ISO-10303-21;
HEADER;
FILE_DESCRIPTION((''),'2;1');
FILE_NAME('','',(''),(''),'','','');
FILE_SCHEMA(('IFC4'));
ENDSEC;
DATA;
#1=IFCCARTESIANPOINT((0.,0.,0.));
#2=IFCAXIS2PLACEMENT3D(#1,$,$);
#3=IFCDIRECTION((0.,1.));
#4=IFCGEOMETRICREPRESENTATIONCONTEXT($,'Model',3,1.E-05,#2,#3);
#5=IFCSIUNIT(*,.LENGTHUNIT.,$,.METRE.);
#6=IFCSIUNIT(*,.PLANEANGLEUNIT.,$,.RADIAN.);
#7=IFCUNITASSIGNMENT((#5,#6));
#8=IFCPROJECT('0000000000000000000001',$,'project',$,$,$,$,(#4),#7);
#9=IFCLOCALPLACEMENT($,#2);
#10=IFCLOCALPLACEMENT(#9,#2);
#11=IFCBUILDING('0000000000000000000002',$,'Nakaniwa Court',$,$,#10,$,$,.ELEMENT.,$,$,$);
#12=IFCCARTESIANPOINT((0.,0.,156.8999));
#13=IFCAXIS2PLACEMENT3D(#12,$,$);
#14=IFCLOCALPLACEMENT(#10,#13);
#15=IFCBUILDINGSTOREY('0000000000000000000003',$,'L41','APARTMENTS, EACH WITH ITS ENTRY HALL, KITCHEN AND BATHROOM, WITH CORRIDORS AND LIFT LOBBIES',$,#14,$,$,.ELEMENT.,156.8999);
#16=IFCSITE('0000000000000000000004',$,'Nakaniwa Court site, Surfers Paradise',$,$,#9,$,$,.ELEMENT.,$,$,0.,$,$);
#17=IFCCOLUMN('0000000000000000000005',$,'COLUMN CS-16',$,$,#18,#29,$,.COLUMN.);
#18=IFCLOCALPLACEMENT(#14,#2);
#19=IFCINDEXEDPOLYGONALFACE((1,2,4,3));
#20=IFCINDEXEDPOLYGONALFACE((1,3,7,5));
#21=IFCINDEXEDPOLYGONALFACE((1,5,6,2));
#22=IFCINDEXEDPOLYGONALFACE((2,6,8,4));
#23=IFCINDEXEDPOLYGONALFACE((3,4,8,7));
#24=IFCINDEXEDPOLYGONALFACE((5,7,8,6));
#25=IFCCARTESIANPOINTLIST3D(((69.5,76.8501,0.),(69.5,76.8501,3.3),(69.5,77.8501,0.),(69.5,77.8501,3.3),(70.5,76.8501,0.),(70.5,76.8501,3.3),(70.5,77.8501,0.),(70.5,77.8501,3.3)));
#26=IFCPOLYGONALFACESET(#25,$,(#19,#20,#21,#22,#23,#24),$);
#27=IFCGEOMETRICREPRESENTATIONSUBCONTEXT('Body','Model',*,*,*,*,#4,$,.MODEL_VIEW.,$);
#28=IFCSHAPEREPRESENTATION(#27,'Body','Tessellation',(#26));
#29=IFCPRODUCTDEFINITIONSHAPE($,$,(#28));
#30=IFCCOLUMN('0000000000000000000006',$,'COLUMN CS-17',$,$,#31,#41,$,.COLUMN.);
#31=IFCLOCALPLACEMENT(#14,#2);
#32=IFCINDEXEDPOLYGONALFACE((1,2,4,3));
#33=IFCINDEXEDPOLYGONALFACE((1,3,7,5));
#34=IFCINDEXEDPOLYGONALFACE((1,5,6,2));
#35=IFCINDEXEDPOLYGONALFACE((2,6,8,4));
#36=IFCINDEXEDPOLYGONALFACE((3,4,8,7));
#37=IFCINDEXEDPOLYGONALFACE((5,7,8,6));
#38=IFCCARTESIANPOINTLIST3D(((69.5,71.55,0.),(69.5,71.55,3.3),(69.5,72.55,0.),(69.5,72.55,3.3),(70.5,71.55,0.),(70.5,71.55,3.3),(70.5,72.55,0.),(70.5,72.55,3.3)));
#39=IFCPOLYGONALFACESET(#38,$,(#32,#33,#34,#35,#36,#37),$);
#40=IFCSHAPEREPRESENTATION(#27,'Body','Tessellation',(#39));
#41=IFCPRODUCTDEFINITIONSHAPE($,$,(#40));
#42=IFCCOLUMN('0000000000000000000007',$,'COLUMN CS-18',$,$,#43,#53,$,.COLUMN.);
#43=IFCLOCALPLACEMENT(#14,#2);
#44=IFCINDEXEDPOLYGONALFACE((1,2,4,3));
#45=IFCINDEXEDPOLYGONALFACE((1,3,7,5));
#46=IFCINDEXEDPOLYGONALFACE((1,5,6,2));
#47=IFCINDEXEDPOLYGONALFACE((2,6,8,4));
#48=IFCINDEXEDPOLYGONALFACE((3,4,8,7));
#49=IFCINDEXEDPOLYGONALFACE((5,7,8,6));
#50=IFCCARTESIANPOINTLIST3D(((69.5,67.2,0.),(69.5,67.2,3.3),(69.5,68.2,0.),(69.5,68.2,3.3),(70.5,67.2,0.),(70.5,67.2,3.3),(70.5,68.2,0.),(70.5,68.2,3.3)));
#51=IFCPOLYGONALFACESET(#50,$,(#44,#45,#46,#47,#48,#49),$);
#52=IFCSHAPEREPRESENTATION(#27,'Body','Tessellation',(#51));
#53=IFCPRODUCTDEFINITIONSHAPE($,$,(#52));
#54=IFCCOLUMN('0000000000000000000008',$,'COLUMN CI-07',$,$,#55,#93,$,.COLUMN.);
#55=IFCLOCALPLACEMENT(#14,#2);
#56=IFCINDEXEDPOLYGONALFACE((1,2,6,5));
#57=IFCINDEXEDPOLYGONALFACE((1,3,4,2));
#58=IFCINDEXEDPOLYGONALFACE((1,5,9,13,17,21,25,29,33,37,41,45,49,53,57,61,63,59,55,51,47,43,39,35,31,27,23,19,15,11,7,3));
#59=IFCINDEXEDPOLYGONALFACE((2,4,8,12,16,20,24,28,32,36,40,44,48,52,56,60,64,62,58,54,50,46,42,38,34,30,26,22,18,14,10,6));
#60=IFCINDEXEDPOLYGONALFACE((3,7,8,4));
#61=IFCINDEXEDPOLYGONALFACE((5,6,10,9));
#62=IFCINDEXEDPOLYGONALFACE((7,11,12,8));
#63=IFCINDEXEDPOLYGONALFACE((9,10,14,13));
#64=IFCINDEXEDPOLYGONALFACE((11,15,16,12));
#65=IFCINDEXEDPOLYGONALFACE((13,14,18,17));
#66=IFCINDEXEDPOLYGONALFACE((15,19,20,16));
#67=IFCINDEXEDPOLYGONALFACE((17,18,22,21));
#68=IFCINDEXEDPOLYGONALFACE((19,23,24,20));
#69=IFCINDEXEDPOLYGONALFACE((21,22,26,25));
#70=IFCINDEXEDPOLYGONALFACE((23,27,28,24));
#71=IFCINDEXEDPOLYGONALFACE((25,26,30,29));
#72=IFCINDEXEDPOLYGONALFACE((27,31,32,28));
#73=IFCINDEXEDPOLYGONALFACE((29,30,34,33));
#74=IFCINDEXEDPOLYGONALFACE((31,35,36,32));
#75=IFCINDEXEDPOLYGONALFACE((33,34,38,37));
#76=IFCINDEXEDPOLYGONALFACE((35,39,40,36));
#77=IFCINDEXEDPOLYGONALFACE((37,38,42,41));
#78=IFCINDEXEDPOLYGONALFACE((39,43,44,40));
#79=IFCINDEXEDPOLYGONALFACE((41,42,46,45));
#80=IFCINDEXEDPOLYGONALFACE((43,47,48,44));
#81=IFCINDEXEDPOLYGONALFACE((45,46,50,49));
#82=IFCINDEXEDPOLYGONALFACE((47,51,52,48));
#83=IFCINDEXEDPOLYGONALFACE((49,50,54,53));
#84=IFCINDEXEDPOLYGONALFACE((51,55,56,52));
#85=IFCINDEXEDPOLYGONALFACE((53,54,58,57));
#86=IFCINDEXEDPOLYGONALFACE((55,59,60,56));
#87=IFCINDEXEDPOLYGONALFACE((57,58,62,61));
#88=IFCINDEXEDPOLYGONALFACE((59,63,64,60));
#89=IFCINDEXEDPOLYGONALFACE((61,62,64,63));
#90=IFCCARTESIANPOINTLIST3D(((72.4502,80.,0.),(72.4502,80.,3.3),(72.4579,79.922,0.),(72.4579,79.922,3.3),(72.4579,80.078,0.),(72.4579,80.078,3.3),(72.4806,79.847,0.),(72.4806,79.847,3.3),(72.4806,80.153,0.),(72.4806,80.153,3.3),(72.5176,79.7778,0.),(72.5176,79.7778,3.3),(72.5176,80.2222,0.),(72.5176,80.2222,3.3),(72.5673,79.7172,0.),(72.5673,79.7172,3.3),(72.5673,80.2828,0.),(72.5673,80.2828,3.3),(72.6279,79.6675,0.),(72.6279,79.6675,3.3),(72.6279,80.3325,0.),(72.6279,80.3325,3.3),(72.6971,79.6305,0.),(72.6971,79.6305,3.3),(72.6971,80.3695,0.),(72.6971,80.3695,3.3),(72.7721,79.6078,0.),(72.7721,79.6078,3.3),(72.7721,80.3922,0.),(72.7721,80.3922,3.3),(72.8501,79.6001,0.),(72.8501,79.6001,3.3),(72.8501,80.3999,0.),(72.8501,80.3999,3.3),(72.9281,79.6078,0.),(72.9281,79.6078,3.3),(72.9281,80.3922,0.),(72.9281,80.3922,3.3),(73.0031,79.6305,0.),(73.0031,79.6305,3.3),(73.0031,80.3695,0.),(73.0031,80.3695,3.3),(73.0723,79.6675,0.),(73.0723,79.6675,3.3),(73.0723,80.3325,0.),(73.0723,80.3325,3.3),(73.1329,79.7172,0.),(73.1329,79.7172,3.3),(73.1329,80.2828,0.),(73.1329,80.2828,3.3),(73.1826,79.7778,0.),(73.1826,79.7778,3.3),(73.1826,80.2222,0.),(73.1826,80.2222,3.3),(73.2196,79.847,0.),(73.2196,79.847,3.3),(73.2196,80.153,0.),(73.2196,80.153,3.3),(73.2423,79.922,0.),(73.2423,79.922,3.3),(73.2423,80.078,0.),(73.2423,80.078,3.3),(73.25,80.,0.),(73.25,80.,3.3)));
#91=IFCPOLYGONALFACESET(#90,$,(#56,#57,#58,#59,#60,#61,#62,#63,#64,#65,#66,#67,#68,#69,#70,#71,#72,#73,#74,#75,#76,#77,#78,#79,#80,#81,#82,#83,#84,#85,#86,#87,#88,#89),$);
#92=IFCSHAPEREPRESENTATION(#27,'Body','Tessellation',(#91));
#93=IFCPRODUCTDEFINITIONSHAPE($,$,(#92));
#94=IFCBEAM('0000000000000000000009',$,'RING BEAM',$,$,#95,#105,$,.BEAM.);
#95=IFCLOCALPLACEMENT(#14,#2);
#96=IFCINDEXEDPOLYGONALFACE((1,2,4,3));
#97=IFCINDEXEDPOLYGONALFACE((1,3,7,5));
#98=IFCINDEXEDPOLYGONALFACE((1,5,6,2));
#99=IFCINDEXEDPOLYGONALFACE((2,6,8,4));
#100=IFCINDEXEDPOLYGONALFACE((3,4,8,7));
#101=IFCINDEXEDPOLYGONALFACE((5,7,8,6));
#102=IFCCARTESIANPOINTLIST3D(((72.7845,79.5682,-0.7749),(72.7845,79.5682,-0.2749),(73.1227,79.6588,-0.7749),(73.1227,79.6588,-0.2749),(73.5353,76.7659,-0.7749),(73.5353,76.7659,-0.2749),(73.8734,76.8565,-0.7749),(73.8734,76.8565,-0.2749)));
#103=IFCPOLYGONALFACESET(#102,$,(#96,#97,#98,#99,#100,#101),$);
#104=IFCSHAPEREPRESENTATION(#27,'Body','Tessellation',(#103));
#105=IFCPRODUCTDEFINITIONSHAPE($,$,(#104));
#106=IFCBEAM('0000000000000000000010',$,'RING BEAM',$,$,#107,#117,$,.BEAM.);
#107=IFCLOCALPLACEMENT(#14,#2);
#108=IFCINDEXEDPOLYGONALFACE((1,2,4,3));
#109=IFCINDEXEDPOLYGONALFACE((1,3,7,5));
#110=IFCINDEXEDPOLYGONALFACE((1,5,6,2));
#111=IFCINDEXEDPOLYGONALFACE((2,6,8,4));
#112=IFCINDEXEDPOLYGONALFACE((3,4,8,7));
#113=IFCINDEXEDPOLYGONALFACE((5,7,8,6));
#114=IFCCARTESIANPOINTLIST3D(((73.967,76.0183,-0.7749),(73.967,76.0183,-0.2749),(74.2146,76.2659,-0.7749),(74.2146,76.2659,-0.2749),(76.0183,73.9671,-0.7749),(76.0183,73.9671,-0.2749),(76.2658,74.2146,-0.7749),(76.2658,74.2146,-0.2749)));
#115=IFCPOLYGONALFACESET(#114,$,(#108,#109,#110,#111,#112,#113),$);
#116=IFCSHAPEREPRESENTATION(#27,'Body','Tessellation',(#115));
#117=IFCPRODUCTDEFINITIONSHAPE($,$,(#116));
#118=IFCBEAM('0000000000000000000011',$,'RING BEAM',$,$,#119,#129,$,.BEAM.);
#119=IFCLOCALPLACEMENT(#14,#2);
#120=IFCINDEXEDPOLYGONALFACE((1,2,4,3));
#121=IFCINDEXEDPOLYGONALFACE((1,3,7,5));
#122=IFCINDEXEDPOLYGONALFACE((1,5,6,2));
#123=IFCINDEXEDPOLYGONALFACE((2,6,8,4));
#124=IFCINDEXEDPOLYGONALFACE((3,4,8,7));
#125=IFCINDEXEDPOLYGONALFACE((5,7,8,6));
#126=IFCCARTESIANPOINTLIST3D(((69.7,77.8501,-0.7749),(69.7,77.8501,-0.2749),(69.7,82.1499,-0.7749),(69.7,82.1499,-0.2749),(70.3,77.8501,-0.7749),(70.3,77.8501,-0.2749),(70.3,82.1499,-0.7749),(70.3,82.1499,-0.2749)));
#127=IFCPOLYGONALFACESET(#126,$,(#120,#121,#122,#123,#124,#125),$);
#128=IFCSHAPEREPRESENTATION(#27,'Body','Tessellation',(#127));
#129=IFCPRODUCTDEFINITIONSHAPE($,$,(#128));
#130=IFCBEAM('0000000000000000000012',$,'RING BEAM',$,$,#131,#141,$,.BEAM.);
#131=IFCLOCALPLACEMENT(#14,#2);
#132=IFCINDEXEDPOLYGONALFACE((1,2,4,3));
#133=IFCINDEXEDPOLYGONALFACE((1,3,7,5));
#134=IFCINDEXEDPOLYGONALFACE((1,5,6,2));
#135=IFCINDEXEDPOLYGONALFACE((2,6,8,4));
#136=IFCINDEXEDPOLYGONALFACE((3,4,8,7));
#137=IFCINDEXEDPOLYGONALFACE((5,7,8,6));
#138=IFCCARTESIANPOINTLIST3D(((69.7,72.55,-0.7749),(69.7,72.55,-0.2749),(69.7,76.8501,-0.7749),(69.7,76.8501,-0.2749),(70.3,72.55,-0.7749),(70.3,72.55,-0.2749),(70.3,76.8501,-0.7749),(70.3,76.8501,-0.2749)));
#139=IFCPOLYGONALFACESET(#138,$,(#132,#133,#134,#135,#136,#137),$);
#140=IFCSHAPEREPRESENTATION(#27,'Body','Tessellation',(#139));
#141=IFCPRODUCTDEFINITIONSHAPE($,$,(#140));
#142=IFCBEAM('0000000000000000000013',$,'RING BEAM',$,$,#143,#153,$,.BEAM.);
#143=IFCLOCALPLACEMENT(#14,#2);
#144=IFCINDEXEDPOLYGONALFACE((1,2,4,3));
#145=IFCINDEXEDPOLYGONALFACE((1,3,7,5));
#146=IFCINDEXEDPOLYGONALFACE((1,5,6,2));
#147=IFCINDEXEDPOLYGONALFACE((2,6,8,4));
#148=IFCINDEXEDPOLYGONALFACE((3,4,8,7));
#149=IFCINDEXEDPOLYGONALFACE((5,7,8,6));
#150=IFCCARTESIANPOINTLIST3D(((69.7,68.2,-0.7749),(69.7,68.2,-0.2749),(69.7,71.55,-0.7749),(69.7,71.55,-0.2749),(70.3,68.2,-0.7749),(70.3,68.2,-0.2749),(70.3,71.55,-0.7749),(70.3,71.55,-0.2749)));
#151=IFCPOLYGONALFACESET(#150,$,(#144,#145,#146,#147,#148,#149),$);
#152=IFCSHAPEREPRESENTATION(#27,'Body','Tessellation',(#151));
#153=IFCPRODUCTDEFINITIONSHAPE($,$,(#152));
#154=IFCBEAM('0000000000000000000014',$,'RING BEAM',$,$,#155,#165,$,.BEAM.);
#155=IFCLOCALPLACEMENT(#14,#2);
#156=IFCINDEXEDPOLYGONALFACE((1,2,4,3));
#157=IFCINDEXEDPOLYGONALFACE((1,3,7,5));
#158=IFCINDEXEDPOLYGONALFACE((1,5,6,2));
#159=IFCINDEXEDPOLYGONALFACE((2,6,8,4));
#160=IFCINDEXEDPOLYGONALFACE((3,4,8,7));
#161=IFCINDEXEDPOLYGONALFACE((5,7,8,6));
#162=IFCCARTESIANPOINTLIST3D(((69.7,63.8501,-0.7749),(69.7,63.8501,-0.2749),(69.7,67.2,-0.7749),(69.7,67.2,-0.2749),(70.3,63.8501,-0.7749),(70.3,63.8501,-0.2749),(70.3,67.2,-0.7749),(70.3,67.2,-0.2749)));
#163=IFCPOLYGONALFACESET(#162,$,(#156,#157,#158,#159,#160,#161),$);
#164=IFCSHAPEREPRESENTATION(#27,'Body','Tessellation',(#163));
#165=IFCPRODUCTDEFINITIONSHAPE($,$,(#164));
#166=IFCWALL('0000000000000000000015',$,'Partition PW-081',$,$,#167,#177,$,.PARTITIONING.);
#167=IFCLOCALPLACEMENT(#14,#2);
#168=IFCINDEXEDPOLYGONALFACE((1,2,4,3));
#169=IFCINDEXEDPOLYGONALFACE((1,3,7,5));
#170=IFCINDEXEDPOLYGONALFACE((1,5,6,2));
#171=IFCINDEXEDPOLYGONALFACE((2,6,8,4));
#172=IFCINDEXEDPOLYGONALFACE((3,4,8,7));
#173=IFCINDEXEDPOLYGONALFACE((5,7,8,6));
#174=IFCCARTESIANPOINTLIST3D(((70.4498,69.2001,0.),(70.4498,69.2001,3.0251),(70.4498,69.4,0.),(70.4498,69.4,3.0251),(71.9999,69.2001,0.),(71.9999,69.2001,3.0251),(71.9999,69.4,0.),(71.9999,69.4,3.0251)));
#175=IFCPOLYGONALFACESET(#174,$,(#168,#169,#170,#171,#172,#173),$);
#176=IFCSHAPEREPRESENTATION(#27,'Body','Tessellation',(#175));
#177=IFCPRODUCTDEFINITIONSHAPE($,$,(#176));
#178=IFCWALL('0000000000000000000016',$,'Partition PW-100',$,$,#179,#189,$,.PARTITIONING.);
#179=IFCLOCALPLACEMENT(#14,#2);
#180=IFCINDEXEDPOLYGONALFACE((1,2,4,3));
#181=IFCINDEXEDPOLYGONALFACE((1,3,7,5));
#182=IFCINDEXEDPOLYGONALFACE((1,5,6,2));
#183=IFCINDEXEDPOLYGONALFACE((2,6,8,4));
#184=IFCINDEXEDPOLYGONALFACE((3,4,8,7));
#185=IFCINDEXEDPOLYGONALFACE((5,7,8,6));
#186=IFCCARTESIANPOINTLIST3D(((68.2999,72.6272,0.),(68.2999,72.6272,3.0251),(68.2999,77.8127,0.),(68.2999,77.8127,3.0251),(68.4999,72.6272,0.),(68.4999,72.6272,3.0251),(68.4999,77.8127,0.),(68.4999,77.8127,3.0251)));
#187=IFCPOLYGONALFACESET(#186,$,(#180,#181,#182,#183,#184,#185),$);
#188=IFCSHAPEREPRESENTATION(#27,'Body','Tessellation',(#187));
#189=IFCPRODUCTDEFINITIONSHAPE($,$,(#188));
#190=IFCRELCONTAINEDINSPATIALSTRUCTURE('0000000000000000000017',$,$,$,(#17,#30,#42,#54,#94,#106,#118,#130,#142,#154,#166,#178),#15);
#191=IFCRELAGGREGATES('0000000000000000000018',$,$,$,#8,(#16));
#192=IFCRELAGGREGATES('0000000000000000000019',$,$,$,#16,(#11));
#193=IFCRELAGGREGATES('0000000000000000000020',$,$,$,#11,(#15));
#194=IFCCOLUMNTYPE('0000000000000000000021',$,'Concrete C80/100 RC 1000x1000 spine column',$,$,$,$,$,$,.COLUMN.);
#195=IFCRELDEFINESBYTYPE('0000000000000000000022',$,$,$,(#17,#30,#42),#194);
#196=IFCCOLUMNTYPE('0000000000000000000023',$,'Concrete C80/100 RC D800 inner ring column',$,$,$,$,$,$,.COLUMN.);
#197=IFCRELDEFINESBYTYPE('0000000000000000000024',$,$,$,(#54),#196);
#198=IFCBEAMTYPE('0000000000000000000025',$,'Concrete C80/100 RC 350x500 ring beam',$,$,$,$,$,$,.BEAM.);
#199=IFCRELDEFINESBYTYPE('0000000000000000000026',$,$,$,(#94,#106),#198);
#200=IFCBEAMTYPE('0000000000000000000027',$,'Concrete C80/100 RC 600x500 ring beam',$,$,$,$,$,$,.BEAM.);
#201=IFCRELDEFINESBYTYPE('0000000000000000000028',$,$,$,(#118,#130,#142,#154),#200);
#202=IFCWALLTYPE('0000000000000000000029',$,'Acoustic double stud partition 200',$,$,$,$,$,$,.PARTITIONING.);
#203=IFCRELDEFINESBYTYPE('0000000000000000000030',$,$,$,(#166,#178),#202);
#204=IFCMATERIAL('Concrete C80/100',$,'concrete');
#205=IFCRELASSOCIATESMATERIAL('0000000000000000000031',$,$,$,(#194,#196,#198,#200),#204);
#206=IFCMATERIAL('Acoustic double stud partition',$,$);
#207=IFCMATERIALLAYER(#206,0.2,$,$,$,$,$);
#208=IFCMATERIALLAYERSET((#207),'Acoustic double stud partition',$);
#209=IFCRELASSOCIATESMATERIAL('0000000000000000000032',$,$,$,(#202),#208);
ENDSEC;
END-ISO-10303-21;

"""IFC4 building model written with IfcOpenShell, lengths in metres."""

from ifc_helpers import new_model, si_unit, direction, frame, frame_2d, origin, origin_2d, place, context, subcontext, project, spatial, rectangle, circle, extrude, material, layer, layer_set, material_profile, profile_set, type_object, element, save


model = new_model("IFC4")

# Units and contexts
model_context = context("Model", 3, precision=1e-05, world=origin(), true_north=direction((0.0, 1.0)))
body_context = subcontext(model_context, "Body", "Model", "MODEL_VIEW")
ifc_project = project(units=[si_unit("LENGTHUNIT", "METRE"), si_unit("PLANEANGLEUNIT", "RADIAN")], contexts=[model_context])

# Site, building, storey
site_placement = place(None, origin())
site = spatial("IfcSite", under=ifc_project, at=site_placement, Name="Nakaniwa Court site, Surfers Paradise", CompositionType="ELEMENT", RefElevation=0.0)
building_placement = place(site_placement, origin())
building = spatial("IfcBuilding", under=site, at=building_placement, Name="Nakaniwa Court", CompositionType="ELEMENT")
storey_placement = place(building_placement, frame((0.0, 0.0, 156.8999)))
storey = spatial("IfcBuildingStorey", under=building, at=storey_placement, Name="L41", Description="APARTMENTS, EACH WITH ITS ENTRY HALL, KITCHEN AND BATHROOM, WITH CORRIDORS AND LIFT LOBBIES", CompositionType="ELEMENT", Elevation=156.8999)

# Columns
ifc_material_1 = material(Name="Concrete C80/100", Category="concrete")
ifc_material_profile_1 = material_profile(ifc_material_1, rectangle(XDim=1.0, YDim=1.0, at=origin_2d()), Name="Concrete C80/100 RC 1000x1000 spine column")
ifc_profile_set_1 = profile_set([ifc_material_profile_1], Name="Concrete C80/100")
column_type_1 = type_object("IfcColumnType", Name="Concrete C80/100 RC 1000x1000 spine column", PredefinedType="COLUMN", material=ifc_profile_set_1)
for number, where, z_axis, x_axis, name in (
    (1, (70.0, 77.3501, 0.0), (0.0, 0.0, 1.0), (0.0, -1.0, 0.0), "COLUMN CS-16"),
    (2, (70.0, 72.05, 0.0), (0.0, 0.0, 1.0), (0.0, -1.0, 0.0), "COLUMN CS-17"),
    (3, (70.0, 67.7, 0.0), (0.0, 0.0, 1.0), (0.0, -1.0, 0.0), "COLUMN CS-18"),
):
    element("IfcColumn", number, at=place(storey_placement, frame(where, z_axis=z_axis, x_axis=x_axis)), inside=storey, type_object=column_type_1, Name=name, PredefinedType="COLUMN", context=body_context, shape_type="SweptSolid", body=[
        extrude(rectangle(XDim=1.0, YDim=1.0, at=origin_2d()), origin(), (0.0, 0.0, 1.0), 3.3),
    ])
ifc_material_profile_2 = material_profile(ifc_material_1, circle(Radius=0.3999, at=origin_2d()), Name="Concrete C80/100 RC D800 inner ring column")
ifc_profile_set_2 = profile_set([ifc_material_profile_2], Name="Concrete C80/100")
column_type_2 = type_object("IfcColumnType", Name="Concrete C80/100 RC D800 inner ring column", PredefinedType="COLUMN", material=ifc_profile_set_2)
for number, where, z_axis, x_axis, name in (
    (4, (72.8501, 80.0, 0.0), (0.0, 0.0, 1.0), (0.0, -1.0, 0.0), "COLUMN CI-07"),
):
    element("IfcColumn", number, at=place(storey_placement, frame(where, z_axis=z_axis, x_axis=x_axis)), inside=storey, type_object=column_type_2, Name=name, PredefinedType="COLUMN", context=body_context, shape_type="SweptSolid", body=[
        extrude(circle(Radius=0.3999, at=origin_2d()), origin(), (0.0, 0.0, 1.0), 3.3),
    ])

# Beams
ifc_material_profile_3 = material_profile(ifc_material_1, rectangle(XDim=0.3501, YDim=0.5, at=origin_2d()), Name="Concrete C80/100 RC 350x500 ring beam")
ifc_profile_set_3 = profile_set([ifc_material_profile_3], Name="Concrete C80/100")
beam_type_1 = type_object("IfcBeamType", Name="Concrete C80/100 RC 350x500 ring beam", PredefinedType="BEAM", material=ifc_profile_set_3)
beam_1_placement = place(storey_placement, frame((72.9536, 79.6135, -0.5249), z_axis=(0.258778, -0.965937, 0.0), x_axis=(0.965937, 0.258778, 0.0)))
element("IfcBeam", 5, at=beam_1_placement, inside=storey, type_object=beam_type_1, Name="RING BEAM", PredefinedType="BEAM", context=body_context, shape_type="SweptSolid", body=[
    extrude(rectangle(XDim=0.3501, YDim=0.5, at=origin_2d()), origin(), (0.0, 0.0, 1.0), 2.9011),
])
beam_2_placement = place(storey_placement, frame((74.0908, 76.1421, -0.5249), z_axis=(0.707107, -0.707107, 0.0), x_axis=(0.707107, 0.707107, 0.0)))
element("IfcBeam", 6, at=beam_2_placement, inside=storey, type_object=beam_type_1, Name="RING BEAM", PredefinedType="BEAM", context=body_context, shape_type="SweptSolid", body=[
    extrude(rectangle(XDim=0.3501, YDim=0.5, at=origin_2d()), origin(), (0.0, 0.0, 1.0), 2.9009),
])
ifc_material_profile_4 = material_profile(ifc_material_1, rectangle(XDim=0.6001, YDim=0.5, at=origin_2d()), Name="Concrete C80/100 RC 600x500 ring beam")
ifc_profile_set_4 = profile_set([ifc_material_profile_4], Name="Concrete C80/100")
beam_type_2 = type_object("IfcBeamType", Name="Concrete C80/100 RC 600x500 ring beam", PredefinedType="BEAM", material=ifc_profile_set_4)
beam_3_placement = place(storey_placement, frame((70.0, 82.1499, -0.5249), z_axis=(0.0, -1.0, 0.0), x_axis=(1.0, 0.0, 0.0)))
element("IfcBeam", 7, at=beam_3_placement, inside=storey, type_object=beam_type_2, Name="RING BEAM", PredefinedType="BEAM", context=body_context, shape_type="SweptSolid", body=[
    extrude(rectangle(XDim=0.6001, YDim=0.5, at=origin_2d()), origin(), (0.0, 0.0, 1.0), 4.2998),
])
beam_4_placement = place(storey_placement, frame((70.0, 76.8501, -0.5249), z_axis=(0.0, -1.0, 0.0), x_axis=(1.0, 0.0, 0.0)))
element("IfcBeam", 8, at=beam_4_placement, inside=storey, type_object=beam_type_2, Name="RING BEAM", PredefinedType="BEAM", context=body_context, shape_type="SweptSolid", body=[
    extrude(rectangle(XDim=0.6001, YDim=0.5, at=origin_2d()), origin(), (0.0, 0.0, 1.0), 4.3),
])
beam_5_placement = place(storey_placement, frame((70.0, 71.55, -0.5249), z_axis=(0.0, -1.0, 0.0), x_axis=(1.0, 0.0, 0.0)))
element("IfcBeam", 9, at=beam_5_placement, inside=storey, type_object=beam_type_2, Name="RING BEAM", PredefinedType="BEAM", context=body_context, shape_type="SweptSolid", body=[
    extrude(rectangle(XDim=0.6001, YDim=0.5, at=origin_2d()), origin(), (0.0, 0.0, 1.0), 3.3501),
])
beam_6_placement = place(storey_placement, frame((70.0, 67.2, -0.5249), z_axis=(0.0, -1.0, 0.0), x_axis=(1.0, 0.0, 0.0)))
element("IfcBeam", 10, at=beam_6_placement, inside=storey, type_object=beam_type_2, Name="RING BEAM", PredefinedType="BEAM", context=body_context, shape_type="SweptSolid", body=[
    extrude(rectangle(XDim=0.6001, YDim=0.5, at=origin_2d()), origin(), (0.0, 0.0, 1.0), 3.3499),
])

# Walls
ifc_material_2 = material(Name="Acoustic double stud partition")
ifc_layer_1 = layer(ifc_material_2, 0.2)
ifc_layer_set_1 = layer_set([ifc_layer_1], Name="Acoustic double stud partition")
wall_type_1 = type_object("IfcWallType", Name="Acoustic double stud partition 200", PredefinedType="PARTITIONING", material=ifc_layer_set_1)
wall_1_placement = place(storey_placement, frame((70.45, 69.3, 0.0), z_axis=(0.0, 0.0, 1.0), x_axis=(1.0, 0.0, 0.0)))
element("IfcWall", 11, at=wall_1_placement, inside=storey, type_object=wall_type_1, Name="Partition PW-081", PredefinedType="PARTITIONING", context=body_context, shape_type="SweptSolid", body=[
    extrude(rectangle(XDim=1.55, YDim=0.2, at=frame_2d((0.7749, 0.0))), origin(), (0.0, 0.0, 1.0), 3.0251),
])
wall_2_placement = place(storey_placement, frame((68.3999, 72.6272, 0.0), z_axis=(0.0, 0.0, 1.0), x_axis=(0.0, 1.0, 0.0)))
element("IfcWall", 12, at=wall_2_placement, inside=storey, type_object=wall_type_1, Name="Partition PW-100", PredefinedType="PARTITIONING", context=body_context, shape_type="SweptSolid", body=[
    extrude(rectangle(XDim=5.1855, YDim=0.2, at=frame_2d((2.5928, 0.0))), origin(), (0.0, 0.0, 1.0), 3.0251),
])

save(model, "model.ifc")
